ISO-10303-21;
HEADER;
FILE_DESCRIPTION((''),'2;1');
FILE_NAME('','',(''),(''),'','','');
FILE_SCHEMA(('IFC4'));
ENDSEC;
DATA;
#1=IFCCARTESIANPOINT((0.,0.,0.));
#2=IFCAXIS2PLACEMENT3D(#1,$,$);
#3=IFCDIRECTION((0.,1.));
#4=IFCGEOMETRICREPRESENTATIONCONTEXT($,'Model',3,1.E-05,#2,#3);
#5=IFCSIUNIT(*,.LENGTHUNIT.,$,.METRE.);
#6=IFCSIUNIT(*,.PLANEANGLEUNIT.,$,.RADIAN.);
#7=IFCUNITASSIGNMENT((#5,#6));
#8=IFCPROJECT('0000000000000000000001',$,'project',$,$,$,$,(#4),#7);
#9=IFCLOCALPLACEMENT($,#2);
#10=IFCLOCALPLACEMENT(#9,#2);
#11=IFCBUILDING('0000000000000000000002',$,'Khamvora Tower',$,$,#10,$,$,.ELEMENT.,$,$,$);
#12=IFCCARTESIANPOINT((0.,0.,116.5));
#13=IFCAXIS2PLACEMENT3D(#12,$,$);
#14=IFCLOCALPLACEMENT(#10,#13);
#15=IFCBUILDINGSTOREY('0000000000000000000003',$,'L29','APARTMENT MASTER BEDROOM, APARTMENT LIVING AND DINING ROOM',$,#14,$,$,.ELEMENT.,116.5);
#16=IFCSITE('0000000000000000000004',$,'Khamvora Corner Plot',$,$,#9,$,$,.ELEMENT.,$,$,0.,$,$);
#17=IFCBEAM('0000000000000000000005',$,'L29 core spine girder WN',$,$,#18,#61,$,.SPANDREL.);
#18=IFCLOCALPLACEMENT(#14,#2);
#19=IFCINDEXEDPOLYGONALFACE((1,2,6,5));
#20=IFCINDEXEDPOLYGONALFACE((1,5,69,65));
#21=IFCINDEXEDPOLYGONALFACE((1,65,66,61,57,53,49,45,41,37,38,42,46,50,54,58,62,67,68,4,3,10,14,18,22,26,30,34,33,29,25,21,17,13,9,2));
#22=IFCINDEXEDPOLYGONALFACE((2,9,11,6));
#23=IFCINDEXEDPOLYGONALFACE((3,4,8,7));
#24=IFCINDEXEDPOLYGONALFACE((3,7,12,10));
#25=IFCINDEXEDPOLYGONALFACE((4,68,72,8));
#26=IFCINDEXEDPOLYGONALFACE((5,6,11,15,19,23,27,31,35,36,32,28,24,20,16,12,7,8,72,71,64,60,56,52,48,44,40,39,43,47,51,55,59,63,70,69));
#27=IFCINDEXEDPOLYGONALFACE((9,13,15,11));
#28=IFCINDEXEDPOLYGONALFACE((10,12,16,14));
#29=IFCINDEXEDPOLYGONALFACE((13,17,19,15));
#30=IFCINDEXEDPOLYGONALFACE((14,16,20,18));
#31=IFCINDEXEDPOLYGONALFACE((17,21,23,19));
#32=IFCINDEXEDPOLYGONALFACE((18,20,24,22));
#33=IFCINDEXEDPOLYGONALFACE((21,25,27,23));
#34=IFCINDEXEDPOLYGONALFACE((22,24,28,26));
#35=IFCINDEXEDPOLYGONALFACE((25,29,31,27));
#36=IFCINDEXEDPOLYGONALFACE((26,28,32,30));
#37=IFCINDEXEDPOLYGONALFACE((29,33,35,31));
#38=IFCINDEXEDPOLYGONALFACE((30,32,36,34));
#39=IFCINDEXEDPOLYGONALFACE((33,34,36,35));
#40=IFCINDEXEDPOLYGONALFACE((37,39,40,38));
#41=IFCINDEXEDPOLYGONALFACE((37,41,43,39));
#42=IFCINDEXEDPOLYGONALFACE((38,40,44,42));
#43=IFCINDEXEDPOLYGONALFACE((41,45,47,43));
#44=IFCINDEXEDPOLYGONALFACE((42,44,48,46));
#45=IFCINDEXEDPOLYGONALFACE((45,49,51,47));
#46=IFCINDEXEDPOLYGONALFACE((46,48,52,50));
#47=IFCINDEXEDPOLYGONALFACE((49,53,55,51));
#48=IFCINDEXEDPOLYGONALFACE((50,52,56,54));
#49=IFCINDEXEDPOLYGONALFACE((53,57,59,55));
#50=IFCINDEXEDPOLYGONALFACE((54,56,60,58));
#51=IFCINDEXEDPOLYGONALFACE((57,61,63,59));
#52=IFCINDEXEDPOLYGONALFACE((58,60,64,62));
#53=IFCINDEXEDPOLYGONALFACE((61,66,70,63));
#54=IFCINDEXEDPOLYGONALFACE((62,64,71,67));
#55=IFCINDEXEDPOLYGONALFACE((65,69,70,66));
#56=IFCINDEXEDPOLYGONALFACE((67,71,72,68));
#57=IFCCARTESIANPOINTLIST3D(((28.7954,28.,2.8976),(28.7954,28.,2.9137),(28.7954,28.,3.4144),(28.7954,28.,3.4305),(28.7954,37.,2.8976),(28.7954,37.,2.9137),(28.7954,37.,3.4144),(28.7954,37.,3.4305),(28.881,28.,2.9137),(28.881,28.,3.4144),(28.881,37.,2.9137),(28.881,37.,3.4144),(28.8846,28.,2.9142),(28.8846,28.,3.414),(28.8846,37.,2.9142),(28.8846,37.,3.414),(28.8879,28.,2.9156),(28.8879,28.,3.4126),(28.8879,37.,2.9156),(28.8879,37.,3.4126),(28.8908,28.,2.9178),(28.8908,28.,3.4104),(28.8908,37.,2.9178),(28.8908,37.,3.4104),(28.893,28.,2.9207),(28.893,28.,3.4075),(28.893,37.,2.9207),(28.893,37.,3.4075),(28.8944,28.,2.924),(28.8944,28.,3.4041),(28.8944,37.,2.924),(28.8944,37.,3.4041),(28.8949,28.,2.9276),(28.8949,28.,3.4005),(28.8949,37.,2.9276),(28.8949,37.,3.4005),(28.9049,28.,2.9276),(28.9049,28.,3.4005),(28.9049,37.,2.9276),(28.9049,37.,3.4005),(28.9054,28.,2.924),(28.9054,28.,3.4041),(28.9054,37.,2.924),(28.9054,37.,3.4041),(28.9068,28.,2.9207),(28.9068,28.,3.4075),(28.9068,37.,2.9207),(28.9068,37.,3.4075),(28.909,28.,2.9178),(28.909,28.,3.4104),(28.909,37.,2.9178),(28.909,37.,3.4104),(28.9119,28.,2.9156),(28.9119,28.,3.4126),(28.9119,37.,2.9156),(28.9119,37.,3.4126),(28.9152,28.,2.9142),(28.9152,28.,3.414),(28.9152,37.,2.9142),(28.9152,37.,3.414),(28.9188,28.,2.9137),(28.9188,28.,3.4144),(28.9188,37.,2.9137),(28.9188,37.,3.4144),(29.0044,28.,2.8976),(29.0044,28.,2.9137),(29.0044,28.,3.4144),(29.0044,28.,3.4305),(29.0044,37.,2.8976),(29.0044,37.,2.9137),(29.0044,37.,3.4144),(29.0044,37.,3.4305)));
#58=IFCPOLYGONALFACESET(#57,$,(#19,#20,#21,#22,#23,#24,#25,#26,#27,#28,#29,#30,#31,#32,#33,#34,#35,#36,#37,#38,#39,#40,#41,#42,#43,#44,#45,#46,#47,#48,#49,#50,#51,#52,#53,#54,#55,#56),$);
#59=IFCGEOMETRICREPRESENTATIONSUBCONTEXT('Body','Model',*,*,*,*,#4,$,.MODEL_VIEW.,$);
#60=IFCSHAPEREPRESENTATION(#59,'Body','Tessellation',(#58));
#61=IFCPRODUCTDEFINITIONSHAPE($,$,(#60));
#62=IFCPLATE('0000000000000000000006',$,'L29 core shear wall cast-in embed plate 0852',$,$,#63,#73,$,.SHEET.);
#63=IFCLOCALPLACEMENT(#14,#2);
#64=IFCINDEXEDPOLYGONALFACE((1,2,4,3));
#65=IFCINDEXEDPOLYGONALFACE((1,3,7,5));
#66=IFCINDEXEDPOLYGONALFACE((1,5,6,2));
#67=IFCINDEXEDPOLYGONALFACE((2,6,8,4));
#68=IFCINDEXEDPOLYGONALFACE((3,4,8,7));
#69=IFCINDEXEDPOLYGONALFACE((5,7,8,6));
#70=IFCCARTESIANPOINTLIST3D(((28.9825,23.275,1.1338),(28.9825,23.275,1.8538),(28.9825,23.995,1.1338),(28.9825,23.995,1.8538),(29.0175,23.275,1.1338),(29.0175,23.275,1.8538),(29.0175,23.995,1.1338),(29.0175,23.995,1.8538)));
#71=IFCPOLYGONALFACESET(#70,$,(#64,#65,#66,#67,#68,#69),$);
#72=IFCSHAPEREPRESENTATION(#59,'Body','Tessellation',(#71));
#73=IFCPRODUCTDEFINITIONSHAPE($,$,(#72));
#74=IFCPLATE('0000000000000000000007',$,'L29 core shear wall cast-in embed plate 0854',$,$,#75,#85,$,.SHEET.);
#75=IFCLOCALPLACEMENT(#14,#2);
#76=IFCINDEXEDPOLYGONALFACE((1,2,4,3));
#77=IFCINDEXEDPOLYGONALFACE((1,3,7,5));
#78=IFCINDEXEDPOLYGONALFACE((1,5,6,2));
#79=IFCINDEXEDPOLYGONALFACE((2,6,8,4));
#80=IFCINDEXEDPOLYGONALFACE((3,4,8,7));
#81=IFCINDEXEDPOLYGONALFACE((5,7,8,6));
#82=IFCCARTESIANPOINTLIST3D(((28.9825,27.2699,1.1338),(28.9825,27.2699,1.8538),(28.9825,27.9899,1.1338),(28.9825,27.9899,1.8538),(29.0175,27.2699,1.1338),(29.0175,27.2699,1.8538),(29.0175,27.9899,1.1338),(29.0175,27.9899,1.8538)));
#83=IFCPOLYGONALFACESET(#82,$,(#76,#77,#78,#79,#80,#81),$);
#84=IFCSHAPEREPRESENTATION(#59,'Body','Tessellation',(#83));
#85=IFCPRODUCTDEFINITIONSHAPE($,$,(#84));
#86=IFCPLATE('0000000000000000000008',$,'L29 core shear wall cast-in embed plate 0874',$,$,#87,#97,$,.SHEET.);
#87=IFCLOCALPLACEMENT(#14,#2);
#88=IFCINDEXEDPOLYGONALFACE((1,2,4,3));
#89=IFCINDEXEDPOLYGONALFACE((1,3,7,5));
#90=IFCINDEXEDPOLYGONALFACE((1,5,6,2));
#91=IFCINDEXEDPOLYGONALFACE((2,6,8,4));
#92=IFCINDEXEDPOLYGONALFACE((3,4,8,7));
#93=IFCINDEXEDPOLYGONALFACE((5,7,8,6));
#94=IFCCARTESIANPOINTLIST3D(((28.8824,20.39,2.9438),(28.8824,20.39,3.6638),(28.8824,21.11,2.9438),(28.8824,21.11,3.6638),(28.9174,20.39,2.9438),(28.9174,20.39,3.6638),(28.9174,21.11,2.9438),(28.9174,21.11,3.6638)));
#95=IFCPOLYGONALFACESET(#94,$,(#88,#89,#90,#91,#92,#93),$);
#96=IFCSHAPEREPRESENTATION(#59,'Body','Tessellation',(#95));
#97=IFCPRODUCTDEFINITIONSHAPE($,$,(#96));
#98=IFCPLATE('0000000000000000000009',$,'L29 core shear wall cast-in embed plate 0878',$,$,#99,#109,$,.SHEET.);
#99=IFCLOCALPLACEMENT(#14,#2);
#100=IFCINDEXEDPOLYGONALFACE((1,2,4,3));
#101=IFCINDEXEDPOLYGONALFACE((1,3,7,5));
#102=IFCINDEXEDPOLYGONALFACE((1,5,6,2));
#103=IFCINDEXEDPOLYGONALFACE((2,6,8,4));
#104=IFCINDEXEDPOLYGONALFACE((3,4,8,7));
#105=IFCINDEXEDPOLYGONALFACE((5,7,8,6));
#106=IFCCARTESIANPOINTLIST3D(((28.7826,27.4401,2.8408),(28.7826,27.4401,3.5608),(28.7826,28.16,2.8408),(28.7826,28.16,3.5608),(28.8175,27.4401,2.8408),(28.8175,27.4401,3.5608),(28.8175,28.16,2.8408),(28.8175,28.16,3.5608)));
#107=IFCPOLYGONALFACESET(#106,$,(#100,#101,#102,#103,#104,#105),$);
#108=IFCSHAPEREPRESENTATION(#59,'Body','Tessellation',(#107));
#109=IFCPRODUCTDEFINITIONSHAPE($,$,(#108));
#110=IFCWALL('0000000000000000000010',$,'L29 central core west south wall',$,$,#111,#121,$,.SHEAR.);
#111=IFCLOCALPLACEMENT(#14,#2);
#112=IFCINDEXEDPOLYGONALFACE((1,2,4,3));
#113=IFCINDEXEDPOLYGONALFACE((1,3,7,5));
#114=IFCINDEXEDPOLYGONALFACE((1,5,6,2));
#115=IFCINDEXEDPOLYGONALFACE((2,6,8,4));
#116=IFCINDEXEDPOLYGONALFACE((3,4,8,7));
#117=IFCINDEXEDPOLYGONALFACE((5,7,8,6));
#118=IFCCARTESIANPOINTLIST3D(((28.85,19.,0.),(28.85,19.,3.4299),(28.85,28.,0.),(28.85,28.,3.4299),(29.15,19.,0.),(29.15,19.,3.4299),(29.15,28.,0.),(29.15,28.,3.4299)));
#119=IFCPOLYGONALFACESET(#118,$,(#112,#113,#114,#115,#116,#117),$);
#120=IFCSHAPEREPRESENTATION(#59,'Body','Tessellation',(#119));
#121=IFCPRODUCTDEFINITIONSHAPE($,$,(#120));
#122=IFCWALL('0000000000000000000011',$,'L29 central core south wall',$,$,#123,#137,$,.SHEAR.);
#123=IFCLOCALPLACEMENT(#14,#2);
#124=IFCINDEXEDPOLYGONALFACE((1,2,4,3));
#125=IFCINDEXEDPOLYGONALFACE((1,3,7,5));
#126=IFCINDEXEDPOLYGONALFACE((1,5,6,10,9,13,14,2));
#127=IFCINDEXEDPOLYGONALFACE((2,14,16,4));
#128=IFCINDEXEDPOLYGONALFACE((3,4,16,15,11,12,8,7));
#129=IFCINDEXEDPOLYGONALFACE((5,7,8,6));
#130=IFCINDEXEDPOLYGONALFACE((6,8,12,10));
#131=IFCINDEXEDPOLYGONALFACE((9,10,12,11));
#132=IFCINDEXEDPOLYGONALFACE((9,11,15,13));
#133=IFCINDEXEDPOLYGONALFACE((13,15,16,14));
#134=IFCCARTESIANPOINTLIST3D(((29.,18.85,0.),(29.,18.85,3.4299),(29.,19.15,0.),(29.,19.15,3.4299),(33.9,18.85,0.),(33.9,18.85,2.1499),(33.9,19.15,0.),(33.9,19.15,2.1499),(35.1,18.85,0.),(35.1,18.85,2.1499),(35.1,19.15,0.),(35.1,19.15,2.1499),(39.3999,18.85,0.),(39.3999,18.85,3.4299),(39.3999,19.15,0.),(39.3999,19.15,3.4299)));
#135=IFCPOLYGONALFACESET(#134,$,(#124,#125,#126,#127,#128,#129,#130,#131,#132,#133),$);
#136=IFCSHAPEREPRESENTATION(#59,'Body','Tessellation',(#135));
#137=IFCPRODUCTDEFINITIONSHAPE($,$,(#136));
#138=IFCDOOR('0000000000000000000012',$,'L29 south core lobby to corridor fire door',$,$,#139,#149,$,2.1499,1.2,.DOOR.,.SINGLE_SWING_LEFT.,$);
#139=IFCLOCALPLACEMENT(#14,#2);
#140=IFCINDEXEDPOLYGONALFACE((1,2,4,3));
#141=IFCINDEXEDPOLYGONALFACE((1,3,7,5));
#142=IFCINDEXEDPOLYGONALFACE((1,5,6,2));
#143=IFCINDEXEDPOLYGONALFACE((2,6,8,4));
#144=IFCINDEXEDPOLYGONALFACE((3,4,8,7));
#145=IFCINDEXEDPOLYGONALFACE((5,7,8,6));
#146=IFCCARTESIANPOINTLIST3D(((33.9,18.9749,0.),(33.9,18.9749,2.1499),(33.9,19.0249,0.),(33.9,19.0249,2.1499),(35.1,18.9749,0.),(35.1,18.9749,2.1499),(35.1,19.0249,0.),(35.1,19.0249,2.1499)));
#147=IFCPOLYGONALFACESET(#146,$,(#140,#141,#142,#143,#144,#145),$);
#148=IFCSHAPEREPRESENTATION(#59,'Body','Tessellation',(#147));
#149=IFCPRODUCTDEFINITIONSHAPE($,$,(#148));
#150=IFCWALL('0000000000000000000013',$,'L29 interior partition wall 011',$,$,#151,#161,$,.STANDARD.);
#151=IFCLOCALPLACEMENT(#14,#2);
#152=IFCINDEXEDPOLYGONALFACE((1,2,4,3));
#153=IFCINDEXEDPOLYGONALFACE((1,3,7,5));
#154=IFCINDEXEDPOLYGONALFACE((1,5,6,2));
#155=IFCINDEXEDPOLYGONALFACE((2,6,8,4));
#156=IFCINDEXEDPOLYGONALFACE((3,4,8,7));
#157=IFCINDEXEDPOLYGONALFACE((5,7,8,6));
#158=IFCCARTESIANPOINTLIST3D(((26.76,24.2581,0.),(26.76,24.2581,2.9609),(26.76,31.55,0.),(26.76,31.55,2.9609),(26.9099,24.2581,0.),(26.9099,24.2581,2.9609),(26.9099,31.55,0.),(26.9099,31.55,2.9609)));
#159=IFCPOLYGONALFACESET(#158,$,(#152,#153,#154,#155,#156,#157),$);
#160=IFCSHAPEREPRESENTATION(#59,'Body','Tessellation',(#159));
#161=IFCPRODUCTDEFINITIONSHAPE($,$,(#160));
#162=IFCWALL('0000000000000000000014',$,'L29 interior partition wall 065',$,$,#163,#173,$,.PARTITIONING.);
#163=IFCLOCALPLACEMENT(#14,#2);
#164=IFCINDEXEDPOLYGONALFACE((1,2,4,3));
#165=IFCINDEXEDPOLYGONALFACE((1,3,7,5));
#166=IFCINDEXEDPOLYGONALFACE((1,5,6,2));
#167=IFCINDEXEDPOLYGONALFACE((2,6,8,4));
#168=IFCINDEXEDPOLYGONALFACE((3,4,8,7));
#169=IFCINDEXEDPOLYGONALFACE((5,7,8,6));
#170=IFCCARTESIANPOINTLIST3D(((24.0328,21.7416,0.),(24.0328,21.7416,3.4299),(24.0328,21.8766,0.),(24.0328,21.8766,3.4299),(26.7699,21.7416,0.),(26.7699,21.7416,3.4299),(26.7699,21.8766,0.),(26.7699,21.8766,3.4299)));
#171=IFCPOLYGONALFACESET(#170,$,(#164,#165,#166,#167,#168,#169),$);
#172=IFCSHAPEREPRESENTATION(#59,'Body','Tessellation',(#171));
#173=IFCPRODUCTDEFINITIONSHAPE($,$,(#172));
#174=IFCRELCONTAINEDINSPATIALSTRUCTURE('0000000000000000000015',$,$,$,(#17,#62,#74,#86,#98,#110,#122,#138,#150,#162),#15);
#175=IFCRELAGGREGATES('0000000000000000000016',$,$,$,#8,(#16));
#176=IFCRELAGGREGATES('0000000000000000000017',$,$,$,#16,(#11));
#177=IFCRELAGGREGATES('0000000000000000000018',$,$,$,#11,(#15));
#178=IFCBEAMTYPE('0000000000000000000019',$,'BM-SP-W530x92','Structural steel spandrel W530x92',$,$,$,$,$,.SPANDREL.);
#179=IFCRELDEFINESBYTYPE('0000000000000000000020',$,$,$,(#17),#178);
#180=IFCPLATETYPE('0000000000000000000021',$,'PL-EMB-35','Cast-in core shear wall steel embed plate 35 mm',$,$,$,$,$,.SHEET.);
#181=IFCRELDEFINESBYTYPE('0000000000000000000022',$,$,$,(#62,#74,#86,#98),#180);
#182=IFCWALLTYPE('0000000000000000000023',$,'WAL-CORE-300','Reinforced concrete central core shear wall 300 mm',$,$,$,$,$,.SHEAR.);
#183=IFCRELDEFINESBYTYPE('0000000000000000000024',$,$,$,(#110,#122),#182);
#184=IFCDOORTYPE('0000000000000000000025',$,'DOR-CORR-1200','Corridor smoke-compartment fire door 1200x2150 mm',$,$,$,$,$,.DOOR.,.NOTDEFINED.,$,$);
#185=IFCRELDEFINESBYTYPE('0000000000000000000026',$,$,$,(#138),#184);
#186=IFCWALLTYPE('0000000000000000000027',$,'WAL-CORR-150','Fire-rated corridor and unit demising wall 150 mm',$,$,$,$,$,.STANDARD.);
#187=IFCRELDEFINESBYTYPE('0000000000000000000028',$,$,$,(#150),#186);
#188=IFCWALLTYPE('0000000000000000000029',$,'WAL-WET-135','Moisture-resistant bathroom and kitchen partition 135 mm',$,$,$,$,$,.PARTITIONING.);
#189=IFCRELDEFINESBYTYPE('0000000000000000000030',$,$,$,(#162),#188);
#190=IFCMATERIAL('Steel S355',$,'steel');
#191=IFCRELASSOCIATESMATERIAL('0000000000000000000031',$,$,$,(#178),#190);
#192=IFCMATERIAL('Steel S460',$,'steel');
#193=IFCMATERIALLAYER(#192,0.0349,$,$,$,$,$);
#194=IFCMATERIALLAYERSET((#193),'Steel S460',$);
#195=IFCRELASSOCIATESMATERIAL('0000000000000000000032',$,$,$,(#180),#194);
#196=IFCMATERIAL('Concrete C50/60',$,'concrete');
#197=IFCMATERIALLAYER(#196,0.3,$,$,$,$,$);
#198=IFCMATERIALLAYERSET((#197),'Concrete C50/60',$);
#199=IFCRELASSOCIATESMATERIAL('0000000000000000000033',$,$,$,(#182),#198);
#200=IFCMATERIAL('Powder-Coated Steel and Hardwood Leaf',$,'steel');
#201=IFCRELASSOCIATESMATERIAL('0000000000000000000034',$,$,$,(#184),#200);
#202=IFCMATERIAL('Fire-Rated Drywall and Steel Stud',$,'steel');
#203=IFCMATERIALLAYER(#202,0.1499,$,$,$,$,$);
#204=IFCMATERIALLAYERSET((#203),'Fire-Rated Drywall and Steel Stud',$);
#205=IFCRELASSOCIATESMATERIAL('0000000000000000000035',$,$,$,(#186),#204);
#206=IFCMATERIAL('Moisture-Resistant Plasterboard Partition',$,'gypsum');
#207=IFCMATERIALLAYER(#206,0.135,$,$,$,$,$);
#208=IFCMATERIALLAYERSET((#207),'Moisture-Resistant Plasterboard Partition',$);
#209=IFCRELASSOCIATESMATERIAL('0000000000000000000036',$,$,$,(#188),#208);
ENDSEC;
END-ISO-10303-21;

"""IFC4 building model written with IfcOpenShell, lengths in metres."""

from ifc_helpers import new_model, si_unit, direction, frame, frame_2d, origin, origin_2d, place, context, subcontext, project, spatial, rectangle, i_section, extrude, material, layer, layer_set, material_profile, profile_set, type_object, element, fill, save


model = new_model("IFC4")

# Units and contexts
model_context = context("Model", 3, precision=1e-05, world=origin(), true_north=direction((0.0, 1.0)))
body_context = subcontext(model_context, "Body", "Model", "MODEL_VIEW")
ifc_project = project(units=[si_unit("LENGTHUNIT", "METRE"), si_unit("PLANEANGLEUNIT", "RADIAN")], contexts=[model_context])

# Site, building, storey
site_placement = place(None, origin())
site = spatial("IfcSite", under=ifc_project, at=site_placement, Name="Khamvora Corner Plot", CompositionType="ELEMENT", RefElevation=0.0)
building_placement = place(site_placement, origin())
building = spatial("IfcBuilding", under=site, at=building_placement, Name="Khamvora Tower", CompositionType="ELEMENT")
storey_placement = place(building_placement, frame((0.0, 0.0, 116.5)))
storey = spatial("IfcBuildingStorey", under=building, at=storey_placement, Name="L29", Description="APARTMENT MASTER BEDROOM, APARTMENT LIVING AND DINING ROOM", CompositionType="ELEMENT", Elevation=116.5)

# Beam
ifc_material_1 = material(Name="Steel S355", Category="steel")
ifc_material_profile_1 = material_profile(ifc_material_1, i_section(OverallWidth=0.209, OverallDepth=0.533, WebThickness=0.01, FlangeThickness=0.0161, FilletRadius=0.0139, at=origin_2d()), Name="W530x92")
ifc_profile_set_1 = profile_set([ifc_material_profile_1], Name="Steel S355")
beam_type_1 = type_object("IfcBeamType", Name="BM-SP-W530x92", Description="Structural steel spandrel W530x92", PredefinedType="SPANDREL", material=ifc_profile_set_1)
beam_1_placement = place(storey_placement, frame((28.8999, 28.0, 3.1641), z_axis=(0.0, 1.0, 0.0), x_axis=(-1.0, 0.0, 0.0)))
element("IfcBeam", 1, at=beam_1_placement, inside=storey, type_object=beam_type_1, Name="L29 core spine girder WN", PredefinedType="SPANDREL", context=body_context, shape_type="SweptSolid", body=[
    extrude(i_section(OverallWidth=0.209, OverallDepth=0.533, WebThickness=0.01, FlangeThickness=0.0161, FilletRadius=0.0139, at=origin_2d()), origin(), (0.0, 0.0, 1.0), 9.0),
])

# Plates
ifc_material_2 = material(Name="Steel S460", Category="steel")
ifc_layer_1 = layer(ifc_material_2, 0.0349)
ifc_layer_set_1 = layer_set([ifc_layer_1], Name="Steel S460")
plate_type = type_object("IfcPlateType", Name="PL-EMB-35", Description="Cast-in core shear wall steel embed plate 35 mm", PredefinedType="SHEET", material=ifc_layer_set_1)
for number, where, z_axis, x_axis, name in (
    (2, (29.0, 23.635, 1.1338), (0.0, 0.0, 1.0), (1.0, 0.0, 0.0), "L29 core shear wall cast-in embed plate 0852"),
    (3, (29.0, 27.6299, 1.1338), (0.0, 0.0, 1.0), (1.0, 0.0, 0.0), "L29 core shear wall cast-in embed plate 0854"),
    (4, (28.8999, 20.75, 2.9438), (0.0, 0.0, 1.0), (1.0, 0.0, 0.0), "L29 core shear wall cast-in embed plate 0874"),
    (5, (28.8, 27.8, 2.8408), (0.0, 0.0, 1.0), (1.0, 0.0, 0.0), "L29 core shear wall cast-in embed plate 0878"),
):
    element("IfcPlate", number, at=place(storey_placement, frame(where, z_axis=z_axis, x_axis=x_axis)), inside=storey, type_object=plate_type, Name=name, PredefinedType="SHEET", context=body_context, shape_type="SweptSolid", body=[
        extrude(rectangle(XDim=0.0349, YDim=0.72, at=origin_2d()), origin(), (0.0, 0.0, 1.0), 0.72),
    ])

# Wall
ifc_material_3 = material(Name="Concrete C50/60", Category="concrete")
ifc_layer_2 = layer(ifc_material_3, 0.3)
ifc_layer_set_2 = layer_set([ifc_layer_2], Name="Concrete C50/60")
wall_type_1 = type_object("IfcWallType", Name="WAL-CORE-300", Description="Reinforced concrete central core shear wall 300 mm", PredefinedType="SHEAR", material=ifc_layer_set_2)
wall_1_placement = place(storey_placement, frame((29.0, 19.0, 0.0), z_axis=(0.0, 0.0, 1.0), x_axis=(0.0, 1.0, 0.0)))
element("IfcWall", 6, at=wall_1_placement, inside=storey, type_object=wall_type_1, Name="L29 central core west south wall", PredefinedType="SHEAR", context=body_context, shape_type="SweptSolid", body=[
    extrude(rectangle(XDim=9.0, YDim=0.3, at=frame_2d((4.5, 0.0))), origin(), (0.0, 0.0, 1.0), 3.4299),
])

# Wall, opening, door
wall_2_placement = place(storey_placement, frame((29.0, 19.0, 0.0), z_axis=(0.0, 0.0, 1.0), x_axis=(1.0, 0.0, 0.0)))
wall_2 = element("IfcWall", 7, at=wall_2_placement, inside=storey, type_object=wall_type_1, Name="L29 central core south wall", PredefinedType="SHEAR", context=body_context, shape_type="SweptSolid", body=[
    extrude(rectangle(XDim=10.3999, YDim=0.3, at=frame_2d((5.2, 0.0))), origin(), (0.0, 0.0, 1.0), 3.4299),
])
opening_1_placement = place(wall_2_placement, frame((4.8999, 0.0, 0.0)))
opening_1 = element("IfcOpeningElement", 8, at=opening_1_placement, cuts=wall_2, PredefinedType="OPENING", context=body_context, shape_type="SweptSolid", body=[
    extrude(rectangle(XDim=1.2, YDim=2.1499, at=frame_2d((0.6001, 1.075))), frame((0.0, 0.1599, 0.0), z_axis=(0.0, -1.0, 0.0), x_axis=(1.0, 0.0, 0.0)), (0.0, 0.0, 1.0), 0.3201),
])
ifc_material_4 = material(Name="Powder-Coated Steel and Hardwood Leaf", Category="steel")
door_type_1 = type_object("IfcDoorType", Name="DOR-CORR-1200", Description="Corridor smoke-compartment fire door 1200x2150 mm", OperationType="NOTDEFINED", PredefinedType="DOOR", material=ifc_material_4)
door_1_placement = place(opening_1_placement, origin())
door_1 = element("IfcDoor", 9, at=door_1_placement, inside=storey, type_object=door_type_1, Name="L29 south core lobby to corridor fire door", OperationType="SINGLE_SWING_LEFT", OverallHeight=2.1499, OverallWidth=1.2, PredefinedType="DOOR", context=body_context, shape_type="SweptSolid", body=[
    extrude(rectangle(XDim=1.2, YDim=2.1499, at=frame_2d((0.6001, 1.075))), frame((0.0, 0.0249, 0.0), z_axis=(0.0, -1.0, 0.0), x_axis=(1.0, 0.0, 0.0)), (0.0, 0.0, 1.0), 0.05),
])
fill(opening_1, door_1)
ifc_material_5 = material(Name="Fire-Rated Drywall and Steel Stud", Category="steel")
ifc_layer_3 = layer(ifc_material_5, 0.1499)
ifc_layer_set_3 = layer_set([ifc_layer_3], Name="Fire-Rated Drywall and Steel Stud")
wall_type_2 = type_object("IfcWallType", Name="WAL-CORR-150", Description="Fire-rated corridor and unit demising wall 150 mm", PredefinedType="STANDARD", material=ifc_layer_set_3)

# Walls
wall_3_placement = place(storey_placement, frame((26.835, 24.2581, 0.0), z_axis=(0.0, 0.0, 1.0), x_axis=(0.0, 1.0, 0.0)))
element("IfcWall", 10, at=wall_3_placement, inside=storey, type_object=wall_type_2, Name="L29 interior partition wall 011", PredefinedType="STANDARD", context=body_context, shape_type="SweptSolid", body=[
    extrude(rectangle(XDim=7.292, YDim=0.1499, at=frame_2d((3.646, 0.0))), origin(), (0.0, 0.0, 1.0), 2.9609),
])
ifc_material_6 = material(Name="Moisture-Resistant Plasterboard Partition", Category="gypsum")
ifc_layer_4 = layer(ifc_material_6, 0.135)
ifc_layer_set_4 = layer_set([ifc_layer_4], Name="Moisture-Resistant Plasterboard Partition")
wall_type_3 = type_object("IfcWallType", Name="WAL-WET-135", Description="Moisture-resistant bathroom and kitchen partition 135 mm", PredefinedType="PARTITIONING", material=ifc_layer_set_4)
wall_4_placement = place(storey_placement, frame((26.77, 21.8091, 0.0), z_axis=(0.0, 0.0, 1.0), x_axis=(-1.0, 0.0, 0.0)))
element("IfcWall", 11, at=wall_4_placement, inside=storey, type_object=wall_type_3, Name="L29 interior partition wall 065", PredefinedType="PARTITIONING", context=body_context, shape_type="SweptSolid", body=[
    extrude(rectangle(XDim=2.7371, YDim=0.135, at=frame_2d((1.3687, 0.0))), origin(), (0.0, 0.0, 1.0), 3.4299),
])

save(model, "model.ifc")
